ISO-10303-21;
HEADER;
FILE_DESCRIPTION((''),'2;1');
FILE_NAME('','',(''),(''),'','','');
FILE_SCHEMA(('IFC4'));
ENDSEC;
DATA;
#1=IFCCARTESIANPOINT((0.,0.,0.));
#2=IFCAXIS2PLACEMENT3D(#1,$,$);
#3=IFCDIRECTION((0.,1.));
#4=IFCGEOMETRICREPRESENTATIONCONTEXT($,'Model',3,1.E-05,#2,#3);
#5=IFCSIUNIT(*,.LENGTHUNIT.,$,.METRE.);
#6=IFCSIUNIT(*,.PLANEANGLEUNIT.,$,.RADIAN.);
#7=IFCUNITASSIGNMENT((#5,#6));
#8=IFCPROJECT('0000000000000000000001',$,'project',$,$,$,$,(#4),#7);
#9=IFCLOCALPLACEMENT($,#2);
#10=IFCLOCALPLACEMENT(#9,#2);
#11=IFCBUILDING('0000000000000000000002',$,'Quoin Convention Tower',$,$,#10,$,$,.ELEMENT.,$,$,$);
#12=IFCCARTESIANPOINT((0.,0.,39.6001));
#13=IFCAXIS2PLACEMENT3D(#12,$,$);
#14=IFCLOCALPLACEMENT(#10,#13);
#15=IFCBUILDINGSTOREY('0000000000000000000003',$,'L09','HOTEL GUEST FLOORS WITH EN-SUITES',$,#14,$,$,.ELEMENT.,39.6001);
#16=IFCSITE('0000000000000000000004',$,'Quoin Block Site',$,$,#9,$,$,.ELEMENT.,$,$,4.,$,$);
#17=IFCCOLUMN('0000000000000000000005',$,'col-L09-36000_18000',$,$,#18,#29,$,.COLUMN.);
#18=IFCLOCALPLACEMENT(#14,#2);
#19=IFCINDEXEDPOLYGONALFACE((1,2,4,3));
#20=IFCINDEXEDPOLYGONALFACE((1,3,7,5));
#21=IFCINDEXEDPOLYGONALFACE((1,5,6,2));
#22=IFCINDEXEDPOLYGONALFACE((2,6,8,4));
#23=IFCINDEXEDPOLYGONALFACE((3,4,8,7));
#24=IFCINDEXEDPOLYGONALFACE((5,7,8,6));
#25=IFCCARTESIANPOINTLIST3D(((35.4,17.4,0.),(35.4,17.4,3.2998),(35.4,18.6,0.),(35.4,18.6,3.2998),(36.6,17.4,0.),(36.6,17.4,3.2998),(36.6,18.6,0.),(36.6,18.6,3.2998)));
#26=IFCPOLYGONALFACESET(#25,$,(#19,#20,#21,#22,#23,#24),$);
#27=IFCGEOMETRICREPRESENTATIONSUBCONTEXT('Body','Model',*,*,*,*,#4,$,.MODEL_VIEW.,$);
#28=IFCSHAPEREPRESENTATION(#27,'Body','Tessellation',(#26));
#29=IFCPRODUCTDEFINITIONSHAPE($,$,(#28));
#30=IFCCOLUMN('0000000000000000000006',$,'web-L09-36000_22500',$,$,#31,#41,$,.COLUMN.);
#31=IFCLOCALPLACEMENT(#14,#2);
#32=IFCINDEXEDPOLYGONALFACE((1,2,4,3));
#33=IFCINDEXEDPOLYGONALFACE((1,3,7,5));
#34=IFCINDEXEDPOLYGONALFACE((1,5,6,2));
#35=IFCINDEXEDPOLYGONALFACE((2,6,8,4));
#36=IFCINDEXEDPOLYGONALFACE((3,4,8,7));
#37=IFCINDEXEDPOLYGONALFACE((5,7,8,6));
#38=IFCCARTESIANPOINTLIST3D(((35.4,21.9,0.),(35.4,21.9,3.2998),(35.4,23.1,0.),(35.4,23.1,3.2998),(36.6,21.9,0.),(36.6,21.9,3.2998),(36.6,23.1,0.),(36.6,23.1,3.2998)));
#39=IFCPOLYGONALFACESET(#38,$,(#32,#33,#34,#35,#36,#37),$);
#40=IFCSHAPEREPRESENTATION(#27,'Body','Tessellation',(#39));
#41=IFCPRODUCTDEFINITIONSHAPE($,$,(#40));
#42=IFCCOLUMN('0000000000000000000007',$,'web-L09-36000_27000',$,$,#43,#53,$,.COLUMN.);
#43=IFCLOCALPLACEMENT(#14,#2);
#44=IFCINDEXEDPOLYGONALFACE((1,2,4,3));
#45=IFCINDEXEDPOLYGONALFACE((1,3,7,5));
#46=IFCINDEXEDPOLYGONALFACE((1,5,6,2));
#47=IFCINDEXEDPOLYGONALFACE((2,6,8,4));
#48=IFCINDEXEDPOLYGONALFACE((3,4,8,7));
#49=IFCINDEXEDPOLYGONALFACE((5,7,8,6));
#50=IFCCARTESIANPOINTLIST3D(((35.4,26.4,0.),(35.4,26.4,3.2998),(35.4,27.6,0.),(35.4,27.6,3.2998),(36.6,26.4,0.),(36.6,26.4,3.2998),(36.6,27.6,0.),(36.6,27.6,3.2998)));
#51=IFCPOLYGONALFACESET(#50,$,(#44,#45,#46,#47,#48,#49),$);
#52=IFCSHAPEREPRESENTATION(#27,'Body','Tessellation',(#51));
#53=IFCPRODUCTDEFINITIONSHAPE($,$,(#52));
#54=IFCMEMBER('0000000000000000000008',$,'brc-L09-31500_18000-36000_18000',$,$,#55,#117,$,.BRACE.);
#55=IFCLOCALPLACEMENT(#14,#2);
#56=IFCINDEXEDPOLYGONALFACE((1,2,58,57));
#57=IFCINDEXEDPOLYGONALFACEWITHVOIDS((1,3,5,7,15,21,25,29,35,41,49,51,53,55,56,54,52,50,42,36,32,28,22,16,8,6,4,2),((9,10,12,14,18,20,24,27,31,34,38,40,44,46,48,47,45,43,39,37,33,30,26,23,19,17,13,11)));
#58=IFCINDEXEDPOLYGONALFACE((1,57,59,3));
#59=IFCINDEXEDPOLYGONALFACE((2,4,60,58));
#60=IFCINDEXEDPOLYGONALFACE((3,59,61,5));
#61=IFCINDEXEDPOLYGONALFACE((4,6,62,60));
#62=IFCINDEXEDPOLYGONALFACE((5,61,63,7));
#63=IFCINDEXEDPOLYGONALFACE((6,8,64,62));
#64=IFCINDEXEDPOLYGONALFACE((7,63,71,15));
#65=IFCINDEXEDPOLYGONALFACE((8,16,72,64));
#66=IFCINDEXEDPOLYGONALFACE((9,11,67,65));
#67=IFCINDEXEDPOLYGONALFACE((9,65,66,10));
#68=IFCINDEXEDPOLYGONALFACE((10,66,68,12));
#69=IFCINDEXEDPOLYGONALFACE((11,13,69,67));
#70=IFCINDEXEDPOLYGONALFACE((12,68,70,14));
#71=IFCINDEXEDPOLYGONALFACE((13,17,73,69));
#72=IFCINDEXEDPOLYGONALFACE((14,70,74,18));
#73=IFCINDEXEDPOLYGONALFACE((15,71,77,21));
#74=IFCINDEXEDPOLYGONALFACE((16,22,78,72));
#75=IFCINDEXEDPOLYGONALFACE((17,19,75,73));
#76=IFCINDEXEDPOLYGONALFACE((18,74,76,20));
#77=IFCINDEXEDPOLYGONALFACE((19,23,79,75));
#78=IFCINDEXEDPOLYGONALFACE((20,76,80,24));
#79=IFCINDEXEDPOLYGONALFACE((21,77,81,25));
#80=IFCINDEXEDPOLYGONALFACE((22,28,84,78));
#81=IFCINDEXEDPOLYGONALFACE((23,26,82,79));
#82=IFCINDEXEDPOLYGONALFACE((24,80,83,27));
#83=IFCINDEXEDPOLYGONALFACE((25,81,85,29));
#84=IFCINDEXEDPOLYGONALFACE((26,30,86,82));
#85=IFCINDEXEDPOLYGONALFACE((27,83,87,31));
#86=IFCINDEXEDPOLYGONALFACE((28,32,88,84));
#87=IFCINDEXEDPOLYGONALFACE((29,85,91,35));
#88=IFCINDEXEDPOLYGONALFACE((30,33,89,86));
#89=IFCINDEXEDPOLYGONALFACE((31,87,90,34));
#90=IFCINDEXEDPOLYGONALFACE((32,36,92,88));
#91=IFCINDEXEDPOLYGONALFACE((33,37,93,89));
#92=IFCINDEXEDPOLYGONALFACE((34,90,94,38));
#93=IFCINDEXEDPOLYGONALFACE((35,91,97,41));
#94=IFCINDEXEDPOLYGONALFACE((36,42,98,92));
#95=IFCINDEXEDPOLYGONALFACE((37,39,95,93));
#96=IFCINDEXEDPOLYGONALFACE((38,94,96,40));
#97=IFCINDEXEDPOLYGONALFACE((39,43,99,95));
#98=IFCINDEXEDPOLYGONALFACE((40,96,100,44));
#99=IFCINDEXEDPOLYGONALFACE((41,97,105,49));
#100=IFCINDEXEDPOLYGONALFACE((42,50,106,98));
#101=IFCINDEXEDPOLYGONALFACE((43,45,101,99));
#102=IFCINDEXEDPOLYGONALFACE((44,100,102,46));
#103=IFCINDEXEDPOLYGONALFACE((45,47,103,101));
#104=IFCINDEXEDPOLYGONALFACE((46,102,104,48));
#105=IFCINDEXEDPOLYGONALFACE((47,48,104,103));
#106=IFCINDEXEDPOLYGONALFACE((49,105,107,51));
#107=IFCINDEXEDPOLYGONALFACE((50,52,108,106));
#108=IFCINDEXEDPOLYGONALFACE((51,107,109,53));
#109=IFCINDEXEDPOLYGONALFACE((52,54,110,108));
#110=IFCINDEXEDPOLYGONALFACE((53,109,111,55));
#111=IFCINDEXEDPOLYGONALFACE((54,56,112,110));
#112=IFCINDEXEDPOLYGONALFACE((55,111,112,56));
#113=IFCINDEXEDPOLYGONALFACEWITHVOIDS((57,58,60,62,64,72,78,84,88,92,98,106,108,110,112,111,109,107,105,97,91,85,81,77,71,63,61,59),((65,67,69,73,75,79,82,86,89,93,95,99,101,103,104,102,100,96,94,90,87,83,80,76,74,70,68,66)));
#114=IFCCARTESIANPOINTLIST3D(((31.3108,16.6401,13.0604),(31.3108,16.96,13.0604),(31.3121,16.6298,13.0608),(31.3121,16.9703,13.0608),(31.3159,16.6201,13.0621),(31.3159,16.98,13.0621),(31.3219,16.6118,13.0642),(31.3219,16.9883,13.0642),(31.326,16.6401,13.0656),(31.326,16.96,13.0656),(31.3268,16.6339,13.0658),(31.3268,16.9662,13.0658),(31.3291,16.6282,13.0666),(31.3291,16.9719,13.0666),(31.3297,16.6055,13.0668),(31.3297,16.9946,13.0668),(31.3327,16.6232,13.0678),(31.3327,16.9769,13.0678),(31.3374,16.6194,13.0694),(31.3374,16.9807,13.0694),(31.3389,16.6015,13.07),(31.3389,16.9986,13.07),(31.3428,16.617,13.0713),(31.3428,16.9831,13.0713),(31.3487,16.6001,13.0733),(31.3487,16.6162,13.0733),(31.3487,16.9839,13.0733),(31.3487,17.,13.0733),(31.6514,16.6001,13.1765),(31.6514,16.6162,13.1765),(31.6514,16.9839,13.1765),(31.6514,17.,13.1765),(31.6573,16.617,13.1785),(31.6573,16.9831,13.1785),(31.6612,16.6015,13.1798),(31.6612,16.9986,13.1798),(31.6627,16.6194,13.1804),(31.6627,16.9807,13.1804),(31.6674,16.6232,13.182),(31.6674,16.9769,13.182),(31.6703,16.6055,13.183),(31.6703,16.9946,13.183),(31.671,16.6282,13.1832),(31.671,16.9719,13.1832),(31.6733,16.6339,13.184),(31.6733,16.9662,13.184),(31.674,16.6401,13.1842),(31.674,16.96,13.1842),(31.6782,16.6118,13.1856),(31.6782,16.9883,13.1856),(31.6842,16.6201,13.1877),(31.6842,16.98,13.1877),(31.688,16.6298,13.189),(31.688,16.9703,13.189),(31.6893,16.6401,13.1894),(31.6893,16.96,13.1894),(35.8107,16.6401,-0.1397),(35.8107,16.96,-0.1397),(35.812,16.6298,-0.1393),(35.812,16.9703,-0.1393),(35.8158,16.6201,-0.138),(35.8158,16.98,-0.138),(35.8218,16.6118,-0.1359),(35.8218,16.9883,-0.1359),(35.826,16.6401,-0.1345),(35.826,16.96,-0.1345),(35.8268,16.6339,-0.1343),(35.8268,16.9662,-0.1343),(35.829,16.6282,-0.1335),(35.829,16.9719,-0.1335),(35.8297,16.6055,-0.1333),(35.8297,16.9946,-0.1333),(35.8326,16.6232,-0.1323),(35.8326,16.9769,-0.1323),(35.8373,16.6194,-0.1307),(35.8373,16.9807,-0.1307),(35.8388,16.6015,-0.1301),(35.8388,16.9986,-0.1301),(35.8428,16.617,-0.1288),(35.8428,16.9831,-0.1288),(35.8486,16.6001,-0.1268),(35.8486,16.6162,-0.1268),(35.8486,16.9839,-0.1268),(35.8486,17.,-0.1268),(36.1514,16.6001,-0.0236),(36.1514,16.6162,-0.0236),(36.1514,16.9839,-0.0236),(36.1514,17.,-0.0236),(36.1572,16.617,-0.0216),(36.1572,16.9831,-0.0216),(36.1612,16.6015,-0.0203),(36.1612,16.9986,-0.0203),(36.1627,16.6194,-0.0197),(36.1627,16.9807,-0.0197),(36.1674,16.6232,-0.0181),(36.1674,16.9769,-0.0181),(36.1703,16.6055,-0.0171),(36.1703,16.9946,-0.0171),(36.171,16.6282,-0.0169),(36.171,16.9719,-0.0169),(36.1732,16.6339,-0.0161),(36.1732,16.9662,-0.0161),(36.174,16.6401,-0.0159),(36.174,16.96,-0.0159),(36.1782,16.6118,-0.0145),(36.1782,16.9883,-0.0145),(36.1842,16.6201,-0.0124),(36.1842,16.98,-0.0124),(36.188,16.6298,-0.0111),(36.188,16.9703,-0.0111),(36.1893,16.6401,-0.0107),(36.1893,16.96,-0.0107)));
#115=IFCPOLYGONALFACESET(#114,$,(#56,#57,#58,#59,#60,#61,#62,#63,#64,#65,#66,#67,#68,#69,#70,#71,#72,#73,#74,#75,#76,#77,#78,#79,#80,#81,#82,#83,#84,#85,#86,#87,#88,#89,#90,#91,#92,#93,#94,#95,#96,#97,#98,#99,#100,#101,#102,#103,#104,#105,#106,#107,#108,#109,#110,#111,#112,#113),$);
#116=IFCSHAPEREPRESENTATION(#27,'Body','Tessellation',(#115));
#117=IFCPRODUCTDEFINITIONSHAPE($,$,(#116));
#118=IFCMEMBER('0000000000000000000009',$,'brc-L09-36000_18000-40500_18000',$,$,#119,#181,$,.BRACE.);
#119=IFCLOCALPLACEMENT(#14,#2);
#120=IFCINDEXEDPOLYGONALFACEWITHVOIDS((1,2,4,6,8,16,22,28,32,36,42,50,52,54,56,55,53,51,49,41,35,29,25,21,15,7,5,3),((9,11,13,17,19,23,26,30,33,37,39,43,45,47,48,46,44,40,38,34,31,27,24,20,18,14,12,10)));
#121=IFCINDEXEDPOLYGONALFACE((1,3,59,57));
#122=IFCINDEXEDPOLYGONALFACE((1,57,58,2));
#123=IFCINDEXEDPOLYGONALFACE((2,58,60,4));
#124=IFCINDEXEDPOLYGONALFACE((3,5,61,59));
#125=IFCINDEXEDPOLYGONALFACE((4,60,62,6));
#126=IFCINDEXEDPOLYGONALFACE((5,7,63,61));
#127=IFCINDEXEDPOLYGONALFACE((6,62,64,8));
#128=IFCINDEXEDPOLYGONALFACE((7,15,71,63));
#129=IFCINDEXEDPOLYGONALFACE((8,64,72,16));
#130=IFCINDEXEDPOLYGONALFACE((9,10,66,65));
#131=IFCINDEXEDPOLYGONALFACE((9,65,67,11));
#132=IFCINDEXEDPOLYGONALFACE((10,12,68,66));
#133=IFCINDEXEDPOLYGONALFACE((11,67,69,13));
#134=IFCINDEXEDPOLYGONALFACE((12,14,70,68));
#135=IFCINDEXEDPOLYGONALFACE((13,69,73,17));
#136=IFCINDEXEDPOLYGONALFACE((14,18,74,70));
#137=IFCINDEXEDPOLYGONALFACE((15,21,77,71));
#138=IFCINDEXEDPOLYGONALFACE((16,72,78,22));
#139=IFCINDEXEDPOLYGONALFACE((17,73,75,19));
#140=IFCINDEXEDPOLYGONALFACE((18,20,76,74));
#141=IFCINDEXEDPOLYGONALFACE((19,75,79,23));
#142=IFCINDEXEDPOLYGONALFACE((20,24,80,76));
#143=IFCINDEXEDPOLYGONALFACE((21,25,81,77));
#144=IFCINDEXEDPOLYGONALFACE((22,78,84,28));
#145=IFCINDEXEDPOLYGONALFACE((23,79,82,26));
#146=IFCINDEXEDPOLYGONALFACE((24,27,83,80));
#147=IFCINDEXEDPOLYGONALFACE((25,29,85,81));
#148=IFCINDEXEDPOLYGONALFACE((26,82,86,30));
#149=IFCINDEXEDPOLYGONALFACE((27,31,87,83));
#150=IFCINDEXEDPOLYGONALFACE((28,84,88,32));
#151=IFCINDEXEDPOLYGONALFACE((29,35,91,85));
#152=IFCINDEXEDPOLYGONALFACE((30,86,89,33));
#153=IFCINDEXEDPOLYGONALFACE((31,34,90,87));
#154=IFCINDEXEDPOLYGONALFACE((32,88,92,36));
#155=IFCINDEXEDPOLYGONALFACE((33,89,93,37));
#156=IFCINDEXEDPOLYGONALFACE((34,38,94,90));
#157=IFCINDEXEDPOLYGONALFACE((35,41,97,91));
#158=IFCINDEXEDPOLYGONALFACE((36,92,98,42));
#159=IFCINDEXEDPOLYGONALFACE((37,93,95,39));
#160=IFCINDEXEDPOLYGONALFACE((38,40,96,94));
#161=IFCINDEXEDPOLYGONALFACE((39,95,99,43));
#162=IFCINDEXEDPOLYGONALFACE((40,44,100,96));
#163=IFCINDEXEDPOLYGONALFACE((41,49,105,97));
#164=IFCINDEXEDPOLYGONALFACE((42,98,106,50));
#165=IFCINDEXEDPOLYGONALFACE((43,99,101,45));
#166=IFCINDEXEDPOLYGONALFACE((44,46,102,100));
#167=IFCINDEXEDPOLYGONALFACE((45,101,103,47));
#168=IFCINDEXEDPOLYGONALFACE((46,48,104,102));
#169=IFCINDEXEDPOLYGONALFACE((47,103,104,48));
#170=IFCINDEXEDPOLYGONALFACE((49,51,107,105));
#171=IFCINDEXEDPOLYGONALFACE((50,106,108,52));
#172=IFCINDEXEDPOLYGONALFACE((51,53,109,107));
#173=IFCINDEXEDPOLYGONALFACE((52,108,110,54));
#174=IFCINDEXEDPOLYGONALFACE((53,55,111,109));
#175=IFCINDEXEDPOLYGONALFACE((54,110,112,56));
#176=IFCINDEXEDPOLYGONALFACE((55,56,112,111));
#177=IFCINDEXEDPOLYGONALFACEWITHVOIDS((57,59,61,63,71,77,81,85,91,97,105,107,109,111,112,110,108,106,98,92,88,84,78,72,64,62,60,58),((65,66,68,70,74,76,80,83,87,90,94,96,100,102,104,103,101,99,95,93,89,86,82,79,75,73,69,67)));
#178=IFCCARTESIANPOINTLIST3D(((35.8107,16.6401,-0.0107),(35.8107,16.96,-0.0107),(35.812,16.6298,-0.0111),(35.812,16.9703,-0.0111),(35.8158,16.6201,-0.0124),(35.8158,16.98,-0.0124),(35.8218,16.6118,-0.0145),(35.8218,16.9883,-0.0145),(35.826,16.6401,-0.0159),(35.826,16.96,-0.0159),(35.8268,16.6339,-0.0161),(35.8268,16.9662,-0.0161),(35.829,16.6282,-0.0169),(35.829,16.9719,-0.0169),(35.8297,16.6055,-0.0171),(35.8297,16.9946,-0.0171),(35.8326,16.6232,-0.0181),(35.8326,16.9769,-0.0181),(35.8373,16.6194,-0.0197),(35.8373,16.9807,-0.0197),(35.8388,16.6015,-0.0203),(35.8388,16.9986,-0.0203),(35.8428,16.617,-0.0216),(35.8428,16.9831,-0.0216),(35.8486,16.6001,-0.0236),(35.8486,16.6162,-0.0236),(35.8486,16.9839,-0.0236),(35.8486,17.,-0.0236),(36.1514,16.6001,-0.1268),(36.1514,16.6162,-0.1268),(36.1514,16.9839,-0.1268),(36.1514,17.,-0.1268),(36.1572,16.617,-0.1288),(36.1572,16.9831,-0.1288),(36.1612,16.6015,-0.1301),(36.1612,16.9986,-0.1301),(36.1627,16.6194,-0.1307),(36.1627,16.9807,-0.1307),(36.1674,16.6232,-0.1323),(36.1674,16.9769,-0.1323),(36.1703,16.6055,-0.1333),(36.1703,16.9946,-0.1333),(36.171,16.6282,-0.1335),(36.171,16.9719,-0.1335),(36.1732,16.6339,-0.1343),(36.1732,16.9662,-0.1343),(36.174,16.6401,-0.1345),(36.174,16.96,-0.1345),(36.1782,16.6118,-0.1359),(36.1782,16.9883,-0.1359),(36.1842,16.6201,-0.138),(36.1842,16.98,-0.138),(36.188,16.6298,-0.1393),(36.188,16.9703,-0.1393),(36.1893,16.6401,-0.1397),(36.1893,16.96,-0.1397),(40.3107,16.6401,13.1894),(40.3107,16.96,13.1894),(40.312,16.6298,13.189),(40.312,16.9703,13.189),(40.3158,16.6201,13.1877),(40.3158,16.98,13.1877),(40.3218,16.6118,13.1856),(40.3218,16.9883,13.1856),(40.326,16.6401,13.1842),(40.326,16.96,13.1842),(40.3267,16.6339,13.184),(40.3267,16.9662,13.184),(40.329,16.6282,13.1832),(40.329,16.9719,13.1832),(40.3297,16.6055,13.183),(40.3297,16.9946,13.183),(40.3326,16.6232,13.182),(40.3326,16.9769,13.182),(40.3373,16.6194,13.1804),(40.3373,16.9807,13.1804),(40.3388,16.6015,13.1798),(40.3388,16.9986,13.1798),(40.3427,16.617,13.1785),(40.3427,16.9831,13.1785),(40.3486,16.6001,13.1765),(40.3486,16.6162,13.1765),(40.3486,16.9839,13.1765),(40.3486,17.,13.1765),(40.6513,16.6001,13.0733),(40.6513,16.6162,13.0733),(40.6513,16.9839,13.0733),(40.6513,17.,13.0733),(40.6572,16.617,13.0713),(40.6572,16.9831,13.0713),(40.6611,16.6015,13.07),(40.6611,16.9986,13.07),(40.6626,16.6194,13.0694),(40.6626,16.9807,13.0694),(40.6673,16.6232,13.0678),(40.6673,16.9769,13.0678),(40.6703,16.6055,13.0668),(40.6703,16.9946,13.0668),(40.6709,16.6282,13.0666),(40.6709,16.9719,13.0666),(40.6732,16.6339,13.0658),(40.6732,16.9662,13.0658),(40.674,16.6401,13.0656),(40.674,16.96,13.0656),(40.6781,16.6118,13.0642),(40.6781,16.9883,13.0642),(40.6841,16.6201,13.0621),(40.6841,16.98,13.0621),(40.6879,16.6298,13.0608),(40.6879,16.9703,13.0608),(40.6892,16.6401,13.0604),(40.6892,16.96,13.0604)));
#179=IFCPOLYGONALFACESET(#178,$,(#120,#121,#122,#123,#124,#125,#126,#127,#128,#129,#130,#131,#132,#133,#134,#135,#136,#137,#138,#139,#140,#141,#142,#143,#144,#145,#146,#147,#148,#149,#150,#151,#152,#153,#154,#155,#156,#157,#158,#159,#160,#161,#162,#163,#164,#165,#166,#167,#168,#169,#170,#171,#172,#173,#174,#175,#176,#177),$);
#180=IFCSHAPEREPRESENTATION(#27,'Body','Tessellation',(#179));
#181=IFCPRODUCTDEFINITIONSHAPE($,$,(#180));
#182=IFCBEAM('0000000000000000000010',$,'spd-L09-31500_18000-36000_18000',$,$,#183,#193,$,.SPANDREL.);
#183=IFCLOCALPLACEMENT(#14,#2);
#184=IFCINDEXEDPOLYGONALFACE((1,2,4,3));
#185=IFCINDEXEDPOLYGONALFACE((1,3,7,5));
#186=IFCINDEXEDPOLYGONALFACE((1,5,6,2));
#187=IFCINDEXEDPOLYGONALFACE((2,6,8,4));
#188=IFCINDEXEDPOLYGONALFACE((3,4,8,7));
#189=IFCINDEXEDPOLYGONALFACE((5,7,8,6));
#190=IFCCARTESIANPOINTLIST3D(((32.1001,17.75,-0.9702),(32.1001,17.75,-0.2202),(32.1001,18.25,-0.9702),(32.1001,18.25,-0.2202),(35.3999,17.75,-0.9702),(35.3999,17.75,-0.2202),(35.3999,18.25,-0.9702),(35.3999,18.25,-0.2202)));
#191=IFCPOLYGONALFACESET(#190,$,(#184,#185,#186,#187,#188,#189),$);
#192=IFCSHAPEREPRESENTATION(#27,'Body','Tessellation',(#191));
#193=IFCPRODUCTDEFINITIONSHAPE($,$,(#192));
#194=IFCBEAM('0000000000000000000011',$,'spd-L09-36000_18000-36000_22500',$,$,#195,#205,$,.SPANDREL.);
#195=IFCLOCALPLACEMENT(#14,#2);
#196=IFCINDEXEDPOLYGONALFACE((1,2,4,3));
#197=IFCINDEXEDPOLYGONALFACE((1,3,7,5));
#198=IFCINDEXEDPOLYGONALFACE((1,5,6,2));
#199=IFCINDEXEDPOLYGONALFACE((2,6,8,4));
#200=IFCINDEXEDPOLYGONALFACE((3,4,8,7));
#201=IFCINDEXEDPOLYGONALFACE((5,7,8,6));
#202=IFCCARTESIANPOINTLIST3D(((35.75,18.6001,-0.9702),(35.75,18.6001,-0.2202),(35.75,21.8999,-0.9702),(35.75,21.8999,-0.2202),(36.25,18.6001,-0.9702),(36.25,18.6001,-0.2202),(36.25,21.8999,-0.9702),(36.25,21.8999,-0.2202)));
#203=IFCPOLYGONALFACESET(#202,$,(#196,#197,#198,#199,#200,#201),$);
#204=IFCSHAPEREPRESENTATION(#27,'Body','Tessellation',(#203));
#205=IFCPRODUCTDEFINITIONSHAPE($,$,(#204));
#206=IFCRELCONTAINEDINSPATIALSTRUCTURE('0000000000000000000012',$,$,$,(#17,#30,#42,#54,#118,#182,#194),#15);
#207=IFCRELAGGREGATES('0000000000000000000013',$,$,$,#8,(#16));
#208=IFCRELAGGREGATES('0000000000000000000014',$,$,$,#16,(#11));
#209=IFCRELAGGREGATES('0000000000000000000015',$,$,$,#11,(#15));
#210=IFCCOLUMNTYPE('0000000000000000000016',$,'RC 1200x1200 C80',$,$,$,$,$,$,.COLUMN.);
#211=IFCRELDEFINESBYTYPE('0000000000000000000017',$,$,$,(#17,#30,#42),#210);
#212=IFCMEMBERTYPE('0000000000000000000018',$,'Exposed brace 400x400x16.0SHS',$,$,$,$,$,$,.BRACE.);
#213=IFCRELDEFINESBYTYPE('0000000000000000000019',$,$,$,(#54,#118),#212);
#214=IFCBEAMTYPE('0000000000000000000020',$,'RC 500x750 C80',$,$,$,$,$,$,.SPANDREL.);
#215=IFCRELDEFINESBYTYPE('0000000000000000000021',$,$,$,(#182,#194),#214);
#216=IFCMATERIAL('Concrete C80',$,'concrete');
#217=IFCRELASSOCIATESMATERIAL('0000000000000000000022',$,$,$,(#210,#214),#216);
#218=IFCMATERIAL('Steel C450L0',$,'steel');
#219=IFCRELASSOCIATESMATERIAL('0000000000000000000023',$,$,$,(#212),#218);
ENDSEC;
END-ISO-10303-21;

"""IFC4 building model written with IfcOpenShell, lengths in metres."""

from ifc_helpers import new_model, si_unit, direction, frame, origin, origin_2d, place, context, subcontext, project, spatial, rectangle, hollow_rectangle, extrude, material, material_profile, profile_set, type_object, element, save


model = new_model("IFC4")

# Units and contexts
model_context = context("Model", 3, precision=1e-05, world=origin(), true_north=direction((0.0, 1.0)))
body_context = subcontext(model_context, "Body", "Model", "MODEL_VIEW")
ifc_project = project(units=[si_unit("LENGTHUNIT", "METRE"), si_unit("PLANEANGLEUNIT", "RADIAN")], contexts=[model_context])

# Site, building, storey
site_placement = place(None, origin())
site = spatial("IfcSite", under=ifc_project, at=site_placement, Name="Quoin Block Site", CompositionType="ELEMENT", RefElevation=4.0)
building_placement = place(site_placement, origin())
building = spatial("IfcBuilding", under=site, at=building_placement, Name="Quoin Convention Tower", CompositionType="ELEMENT")
storey_placement = place(building_placement, frame((0.0, 0.0, 39.6001)))
storey = spatial("IfcBuildingStorey", under=building, at=storey_placement, Name="L09", Description="HOTEL GUEST FLOORS WITH EN-SUITES", CompositionType="ELEMENT", Elevation=39.6001)

# Columns
ifc_material_1 = material(Name="Concrete C80", Category="concrete")
ifc_material_profile_1 = material_profile(ifc_material_1, rectangle(XDim=1.2, YDim=1.2, at=origin_2d()), Name="RC 1200x1200")
ifc_profile_set_1 = profile_set([ifc_material_profile_1], Name="Concrete C80")
column_type = type_object("IfcColumnType", Name="RC 1200x1200 C80", PredefinedType="COLUMN", material=ifc_profile_set_1)
for number, where, z_axis, x_axis, name in (
    (1, (36.0, 18.0, 0.0), (0.0, 0.0, 1.0), (1.0, 0.0, 0.0), "col-L09-36000_18000"),
    (2, (36.0, 22.5, 0.0), (0.0, 0.0, 1.0), (1.0, 0.0, 0.0), "web-L09-36000_22500"),
    (3, (36.0, 27.0, 0.0), (0.0, 0.0, 1.0), (1.0, 0.0, 0.0), "web-L09-36000_27000"),
):
    element("IfcColumn", number, at=place(storey_placement, frame(where, z_axis=z_axis, x_axis=x_axis)), inside=storey, type_object=column_type, Name=name, PredefinedType="COLUMN", context=body_context, shape_type="SweptSolid", body=[
        extrude(rectangle(XDim=1.2, YDim=1.2, at=origin_2d()), origin(), (0.0, 0.0, 1.0), 3.2998),
    ])

# Members
ifc_material_2 = material(Name="Steel C450L0", Category="steel")
ifc_material_profile_2 = material_profile(ifc_material_2, hollow_rectangle(XDim=0.3999, YDim=0.3999, WallThickness=0.0161, InnerFilletRadius=0.0239, OuterFilletRadius=0.04, at=origin_2d()), Name="400x400x16.0SHS")
ifc_profile_set_2 = profile_set([ifc_material_profile_2], Name="Steel C450L0")
member_type = type_object("IfcMemberType", Name="Exposed brace 400x400x16.0SHS", PredefinedType="BRACE", material=ifc_profile_set_2)
for number, where, z_axis, x_axis, name in (
    (4, (36.0, 16.8, -0.0752), (-0.32267, 0.0, 0.946512), (0.0, -1.0, 0.0), "brc-L09-31500_18000-36000_18000"),
    (5, (36.0, 16.8, -0.0752), (0.32267, 0.0, 0.946512), (0.0, 1.0, 0.0), "brc-L09-36000_18000-40500_18000"),
):
    element("IfcMember", number, at=place(storey_placement, frame(where, z_axis=z_axis, x_axis=x_axis)), inside=storey, type_object=member_type, Name=name, PredefinedType="BRACE", context=body_context, shape_type="SweptSolid", body=[
        extrude(hollow_rectangle(XDim=0.3999, YDim=0.3999, WallThickness=0.0161, InnerFilletRadius=0.0239, OuterFilletRadius=0.04, at=origin_2d()), origin(), (0.0, 0.0, 1.0), 13.946),
    ])

# Beams
ifc_material_profile_3 = material_profile(ifc_material_1, rectangle(XDim=0.5, YDim=0.75, at=origin_2d()), Name="RC 500x750")
ifc_profile_set_3 = profile_set([ifc_material_profile_3], Name="Concrete C80")
beam_type = type_object("IfcBeamType", Name="RC 500x750 C80", PredefinedType="SPANDREL", material=ifc_profile_set_3)
for number, where, z_axis, x_axis, name in (
    (6, (32.1001, 18.0, -0.5952), (1.0, 0.0, 0.0), (0.0, 1.0, 0.0), "spd-L09-31500_18000-36000_18000"),
    (7, (36.0, 18.6001, -0.5952), (0.0, 1.0, 0.0), (-1.0, 0.0, 0.0), "spd-L09-36000_18000-36000_22500"),
):
    element("IfcBeam", number, at=place(storey_placement, frame(where, z_axis=z_axis, x_axis=x_axis)), inside=storey, type_object=beam_type, Name=name, PredefinedType="SPANDREL", context=body_context, shape_type="SweptSolid", body=[
        extrude(rectangle(XDim=0.5, YDim=0.75, at=origin_2d()), origin(), (0.0, 0.0, 1.0), 3.2998),
    ])

save(model, "model.ifc")
